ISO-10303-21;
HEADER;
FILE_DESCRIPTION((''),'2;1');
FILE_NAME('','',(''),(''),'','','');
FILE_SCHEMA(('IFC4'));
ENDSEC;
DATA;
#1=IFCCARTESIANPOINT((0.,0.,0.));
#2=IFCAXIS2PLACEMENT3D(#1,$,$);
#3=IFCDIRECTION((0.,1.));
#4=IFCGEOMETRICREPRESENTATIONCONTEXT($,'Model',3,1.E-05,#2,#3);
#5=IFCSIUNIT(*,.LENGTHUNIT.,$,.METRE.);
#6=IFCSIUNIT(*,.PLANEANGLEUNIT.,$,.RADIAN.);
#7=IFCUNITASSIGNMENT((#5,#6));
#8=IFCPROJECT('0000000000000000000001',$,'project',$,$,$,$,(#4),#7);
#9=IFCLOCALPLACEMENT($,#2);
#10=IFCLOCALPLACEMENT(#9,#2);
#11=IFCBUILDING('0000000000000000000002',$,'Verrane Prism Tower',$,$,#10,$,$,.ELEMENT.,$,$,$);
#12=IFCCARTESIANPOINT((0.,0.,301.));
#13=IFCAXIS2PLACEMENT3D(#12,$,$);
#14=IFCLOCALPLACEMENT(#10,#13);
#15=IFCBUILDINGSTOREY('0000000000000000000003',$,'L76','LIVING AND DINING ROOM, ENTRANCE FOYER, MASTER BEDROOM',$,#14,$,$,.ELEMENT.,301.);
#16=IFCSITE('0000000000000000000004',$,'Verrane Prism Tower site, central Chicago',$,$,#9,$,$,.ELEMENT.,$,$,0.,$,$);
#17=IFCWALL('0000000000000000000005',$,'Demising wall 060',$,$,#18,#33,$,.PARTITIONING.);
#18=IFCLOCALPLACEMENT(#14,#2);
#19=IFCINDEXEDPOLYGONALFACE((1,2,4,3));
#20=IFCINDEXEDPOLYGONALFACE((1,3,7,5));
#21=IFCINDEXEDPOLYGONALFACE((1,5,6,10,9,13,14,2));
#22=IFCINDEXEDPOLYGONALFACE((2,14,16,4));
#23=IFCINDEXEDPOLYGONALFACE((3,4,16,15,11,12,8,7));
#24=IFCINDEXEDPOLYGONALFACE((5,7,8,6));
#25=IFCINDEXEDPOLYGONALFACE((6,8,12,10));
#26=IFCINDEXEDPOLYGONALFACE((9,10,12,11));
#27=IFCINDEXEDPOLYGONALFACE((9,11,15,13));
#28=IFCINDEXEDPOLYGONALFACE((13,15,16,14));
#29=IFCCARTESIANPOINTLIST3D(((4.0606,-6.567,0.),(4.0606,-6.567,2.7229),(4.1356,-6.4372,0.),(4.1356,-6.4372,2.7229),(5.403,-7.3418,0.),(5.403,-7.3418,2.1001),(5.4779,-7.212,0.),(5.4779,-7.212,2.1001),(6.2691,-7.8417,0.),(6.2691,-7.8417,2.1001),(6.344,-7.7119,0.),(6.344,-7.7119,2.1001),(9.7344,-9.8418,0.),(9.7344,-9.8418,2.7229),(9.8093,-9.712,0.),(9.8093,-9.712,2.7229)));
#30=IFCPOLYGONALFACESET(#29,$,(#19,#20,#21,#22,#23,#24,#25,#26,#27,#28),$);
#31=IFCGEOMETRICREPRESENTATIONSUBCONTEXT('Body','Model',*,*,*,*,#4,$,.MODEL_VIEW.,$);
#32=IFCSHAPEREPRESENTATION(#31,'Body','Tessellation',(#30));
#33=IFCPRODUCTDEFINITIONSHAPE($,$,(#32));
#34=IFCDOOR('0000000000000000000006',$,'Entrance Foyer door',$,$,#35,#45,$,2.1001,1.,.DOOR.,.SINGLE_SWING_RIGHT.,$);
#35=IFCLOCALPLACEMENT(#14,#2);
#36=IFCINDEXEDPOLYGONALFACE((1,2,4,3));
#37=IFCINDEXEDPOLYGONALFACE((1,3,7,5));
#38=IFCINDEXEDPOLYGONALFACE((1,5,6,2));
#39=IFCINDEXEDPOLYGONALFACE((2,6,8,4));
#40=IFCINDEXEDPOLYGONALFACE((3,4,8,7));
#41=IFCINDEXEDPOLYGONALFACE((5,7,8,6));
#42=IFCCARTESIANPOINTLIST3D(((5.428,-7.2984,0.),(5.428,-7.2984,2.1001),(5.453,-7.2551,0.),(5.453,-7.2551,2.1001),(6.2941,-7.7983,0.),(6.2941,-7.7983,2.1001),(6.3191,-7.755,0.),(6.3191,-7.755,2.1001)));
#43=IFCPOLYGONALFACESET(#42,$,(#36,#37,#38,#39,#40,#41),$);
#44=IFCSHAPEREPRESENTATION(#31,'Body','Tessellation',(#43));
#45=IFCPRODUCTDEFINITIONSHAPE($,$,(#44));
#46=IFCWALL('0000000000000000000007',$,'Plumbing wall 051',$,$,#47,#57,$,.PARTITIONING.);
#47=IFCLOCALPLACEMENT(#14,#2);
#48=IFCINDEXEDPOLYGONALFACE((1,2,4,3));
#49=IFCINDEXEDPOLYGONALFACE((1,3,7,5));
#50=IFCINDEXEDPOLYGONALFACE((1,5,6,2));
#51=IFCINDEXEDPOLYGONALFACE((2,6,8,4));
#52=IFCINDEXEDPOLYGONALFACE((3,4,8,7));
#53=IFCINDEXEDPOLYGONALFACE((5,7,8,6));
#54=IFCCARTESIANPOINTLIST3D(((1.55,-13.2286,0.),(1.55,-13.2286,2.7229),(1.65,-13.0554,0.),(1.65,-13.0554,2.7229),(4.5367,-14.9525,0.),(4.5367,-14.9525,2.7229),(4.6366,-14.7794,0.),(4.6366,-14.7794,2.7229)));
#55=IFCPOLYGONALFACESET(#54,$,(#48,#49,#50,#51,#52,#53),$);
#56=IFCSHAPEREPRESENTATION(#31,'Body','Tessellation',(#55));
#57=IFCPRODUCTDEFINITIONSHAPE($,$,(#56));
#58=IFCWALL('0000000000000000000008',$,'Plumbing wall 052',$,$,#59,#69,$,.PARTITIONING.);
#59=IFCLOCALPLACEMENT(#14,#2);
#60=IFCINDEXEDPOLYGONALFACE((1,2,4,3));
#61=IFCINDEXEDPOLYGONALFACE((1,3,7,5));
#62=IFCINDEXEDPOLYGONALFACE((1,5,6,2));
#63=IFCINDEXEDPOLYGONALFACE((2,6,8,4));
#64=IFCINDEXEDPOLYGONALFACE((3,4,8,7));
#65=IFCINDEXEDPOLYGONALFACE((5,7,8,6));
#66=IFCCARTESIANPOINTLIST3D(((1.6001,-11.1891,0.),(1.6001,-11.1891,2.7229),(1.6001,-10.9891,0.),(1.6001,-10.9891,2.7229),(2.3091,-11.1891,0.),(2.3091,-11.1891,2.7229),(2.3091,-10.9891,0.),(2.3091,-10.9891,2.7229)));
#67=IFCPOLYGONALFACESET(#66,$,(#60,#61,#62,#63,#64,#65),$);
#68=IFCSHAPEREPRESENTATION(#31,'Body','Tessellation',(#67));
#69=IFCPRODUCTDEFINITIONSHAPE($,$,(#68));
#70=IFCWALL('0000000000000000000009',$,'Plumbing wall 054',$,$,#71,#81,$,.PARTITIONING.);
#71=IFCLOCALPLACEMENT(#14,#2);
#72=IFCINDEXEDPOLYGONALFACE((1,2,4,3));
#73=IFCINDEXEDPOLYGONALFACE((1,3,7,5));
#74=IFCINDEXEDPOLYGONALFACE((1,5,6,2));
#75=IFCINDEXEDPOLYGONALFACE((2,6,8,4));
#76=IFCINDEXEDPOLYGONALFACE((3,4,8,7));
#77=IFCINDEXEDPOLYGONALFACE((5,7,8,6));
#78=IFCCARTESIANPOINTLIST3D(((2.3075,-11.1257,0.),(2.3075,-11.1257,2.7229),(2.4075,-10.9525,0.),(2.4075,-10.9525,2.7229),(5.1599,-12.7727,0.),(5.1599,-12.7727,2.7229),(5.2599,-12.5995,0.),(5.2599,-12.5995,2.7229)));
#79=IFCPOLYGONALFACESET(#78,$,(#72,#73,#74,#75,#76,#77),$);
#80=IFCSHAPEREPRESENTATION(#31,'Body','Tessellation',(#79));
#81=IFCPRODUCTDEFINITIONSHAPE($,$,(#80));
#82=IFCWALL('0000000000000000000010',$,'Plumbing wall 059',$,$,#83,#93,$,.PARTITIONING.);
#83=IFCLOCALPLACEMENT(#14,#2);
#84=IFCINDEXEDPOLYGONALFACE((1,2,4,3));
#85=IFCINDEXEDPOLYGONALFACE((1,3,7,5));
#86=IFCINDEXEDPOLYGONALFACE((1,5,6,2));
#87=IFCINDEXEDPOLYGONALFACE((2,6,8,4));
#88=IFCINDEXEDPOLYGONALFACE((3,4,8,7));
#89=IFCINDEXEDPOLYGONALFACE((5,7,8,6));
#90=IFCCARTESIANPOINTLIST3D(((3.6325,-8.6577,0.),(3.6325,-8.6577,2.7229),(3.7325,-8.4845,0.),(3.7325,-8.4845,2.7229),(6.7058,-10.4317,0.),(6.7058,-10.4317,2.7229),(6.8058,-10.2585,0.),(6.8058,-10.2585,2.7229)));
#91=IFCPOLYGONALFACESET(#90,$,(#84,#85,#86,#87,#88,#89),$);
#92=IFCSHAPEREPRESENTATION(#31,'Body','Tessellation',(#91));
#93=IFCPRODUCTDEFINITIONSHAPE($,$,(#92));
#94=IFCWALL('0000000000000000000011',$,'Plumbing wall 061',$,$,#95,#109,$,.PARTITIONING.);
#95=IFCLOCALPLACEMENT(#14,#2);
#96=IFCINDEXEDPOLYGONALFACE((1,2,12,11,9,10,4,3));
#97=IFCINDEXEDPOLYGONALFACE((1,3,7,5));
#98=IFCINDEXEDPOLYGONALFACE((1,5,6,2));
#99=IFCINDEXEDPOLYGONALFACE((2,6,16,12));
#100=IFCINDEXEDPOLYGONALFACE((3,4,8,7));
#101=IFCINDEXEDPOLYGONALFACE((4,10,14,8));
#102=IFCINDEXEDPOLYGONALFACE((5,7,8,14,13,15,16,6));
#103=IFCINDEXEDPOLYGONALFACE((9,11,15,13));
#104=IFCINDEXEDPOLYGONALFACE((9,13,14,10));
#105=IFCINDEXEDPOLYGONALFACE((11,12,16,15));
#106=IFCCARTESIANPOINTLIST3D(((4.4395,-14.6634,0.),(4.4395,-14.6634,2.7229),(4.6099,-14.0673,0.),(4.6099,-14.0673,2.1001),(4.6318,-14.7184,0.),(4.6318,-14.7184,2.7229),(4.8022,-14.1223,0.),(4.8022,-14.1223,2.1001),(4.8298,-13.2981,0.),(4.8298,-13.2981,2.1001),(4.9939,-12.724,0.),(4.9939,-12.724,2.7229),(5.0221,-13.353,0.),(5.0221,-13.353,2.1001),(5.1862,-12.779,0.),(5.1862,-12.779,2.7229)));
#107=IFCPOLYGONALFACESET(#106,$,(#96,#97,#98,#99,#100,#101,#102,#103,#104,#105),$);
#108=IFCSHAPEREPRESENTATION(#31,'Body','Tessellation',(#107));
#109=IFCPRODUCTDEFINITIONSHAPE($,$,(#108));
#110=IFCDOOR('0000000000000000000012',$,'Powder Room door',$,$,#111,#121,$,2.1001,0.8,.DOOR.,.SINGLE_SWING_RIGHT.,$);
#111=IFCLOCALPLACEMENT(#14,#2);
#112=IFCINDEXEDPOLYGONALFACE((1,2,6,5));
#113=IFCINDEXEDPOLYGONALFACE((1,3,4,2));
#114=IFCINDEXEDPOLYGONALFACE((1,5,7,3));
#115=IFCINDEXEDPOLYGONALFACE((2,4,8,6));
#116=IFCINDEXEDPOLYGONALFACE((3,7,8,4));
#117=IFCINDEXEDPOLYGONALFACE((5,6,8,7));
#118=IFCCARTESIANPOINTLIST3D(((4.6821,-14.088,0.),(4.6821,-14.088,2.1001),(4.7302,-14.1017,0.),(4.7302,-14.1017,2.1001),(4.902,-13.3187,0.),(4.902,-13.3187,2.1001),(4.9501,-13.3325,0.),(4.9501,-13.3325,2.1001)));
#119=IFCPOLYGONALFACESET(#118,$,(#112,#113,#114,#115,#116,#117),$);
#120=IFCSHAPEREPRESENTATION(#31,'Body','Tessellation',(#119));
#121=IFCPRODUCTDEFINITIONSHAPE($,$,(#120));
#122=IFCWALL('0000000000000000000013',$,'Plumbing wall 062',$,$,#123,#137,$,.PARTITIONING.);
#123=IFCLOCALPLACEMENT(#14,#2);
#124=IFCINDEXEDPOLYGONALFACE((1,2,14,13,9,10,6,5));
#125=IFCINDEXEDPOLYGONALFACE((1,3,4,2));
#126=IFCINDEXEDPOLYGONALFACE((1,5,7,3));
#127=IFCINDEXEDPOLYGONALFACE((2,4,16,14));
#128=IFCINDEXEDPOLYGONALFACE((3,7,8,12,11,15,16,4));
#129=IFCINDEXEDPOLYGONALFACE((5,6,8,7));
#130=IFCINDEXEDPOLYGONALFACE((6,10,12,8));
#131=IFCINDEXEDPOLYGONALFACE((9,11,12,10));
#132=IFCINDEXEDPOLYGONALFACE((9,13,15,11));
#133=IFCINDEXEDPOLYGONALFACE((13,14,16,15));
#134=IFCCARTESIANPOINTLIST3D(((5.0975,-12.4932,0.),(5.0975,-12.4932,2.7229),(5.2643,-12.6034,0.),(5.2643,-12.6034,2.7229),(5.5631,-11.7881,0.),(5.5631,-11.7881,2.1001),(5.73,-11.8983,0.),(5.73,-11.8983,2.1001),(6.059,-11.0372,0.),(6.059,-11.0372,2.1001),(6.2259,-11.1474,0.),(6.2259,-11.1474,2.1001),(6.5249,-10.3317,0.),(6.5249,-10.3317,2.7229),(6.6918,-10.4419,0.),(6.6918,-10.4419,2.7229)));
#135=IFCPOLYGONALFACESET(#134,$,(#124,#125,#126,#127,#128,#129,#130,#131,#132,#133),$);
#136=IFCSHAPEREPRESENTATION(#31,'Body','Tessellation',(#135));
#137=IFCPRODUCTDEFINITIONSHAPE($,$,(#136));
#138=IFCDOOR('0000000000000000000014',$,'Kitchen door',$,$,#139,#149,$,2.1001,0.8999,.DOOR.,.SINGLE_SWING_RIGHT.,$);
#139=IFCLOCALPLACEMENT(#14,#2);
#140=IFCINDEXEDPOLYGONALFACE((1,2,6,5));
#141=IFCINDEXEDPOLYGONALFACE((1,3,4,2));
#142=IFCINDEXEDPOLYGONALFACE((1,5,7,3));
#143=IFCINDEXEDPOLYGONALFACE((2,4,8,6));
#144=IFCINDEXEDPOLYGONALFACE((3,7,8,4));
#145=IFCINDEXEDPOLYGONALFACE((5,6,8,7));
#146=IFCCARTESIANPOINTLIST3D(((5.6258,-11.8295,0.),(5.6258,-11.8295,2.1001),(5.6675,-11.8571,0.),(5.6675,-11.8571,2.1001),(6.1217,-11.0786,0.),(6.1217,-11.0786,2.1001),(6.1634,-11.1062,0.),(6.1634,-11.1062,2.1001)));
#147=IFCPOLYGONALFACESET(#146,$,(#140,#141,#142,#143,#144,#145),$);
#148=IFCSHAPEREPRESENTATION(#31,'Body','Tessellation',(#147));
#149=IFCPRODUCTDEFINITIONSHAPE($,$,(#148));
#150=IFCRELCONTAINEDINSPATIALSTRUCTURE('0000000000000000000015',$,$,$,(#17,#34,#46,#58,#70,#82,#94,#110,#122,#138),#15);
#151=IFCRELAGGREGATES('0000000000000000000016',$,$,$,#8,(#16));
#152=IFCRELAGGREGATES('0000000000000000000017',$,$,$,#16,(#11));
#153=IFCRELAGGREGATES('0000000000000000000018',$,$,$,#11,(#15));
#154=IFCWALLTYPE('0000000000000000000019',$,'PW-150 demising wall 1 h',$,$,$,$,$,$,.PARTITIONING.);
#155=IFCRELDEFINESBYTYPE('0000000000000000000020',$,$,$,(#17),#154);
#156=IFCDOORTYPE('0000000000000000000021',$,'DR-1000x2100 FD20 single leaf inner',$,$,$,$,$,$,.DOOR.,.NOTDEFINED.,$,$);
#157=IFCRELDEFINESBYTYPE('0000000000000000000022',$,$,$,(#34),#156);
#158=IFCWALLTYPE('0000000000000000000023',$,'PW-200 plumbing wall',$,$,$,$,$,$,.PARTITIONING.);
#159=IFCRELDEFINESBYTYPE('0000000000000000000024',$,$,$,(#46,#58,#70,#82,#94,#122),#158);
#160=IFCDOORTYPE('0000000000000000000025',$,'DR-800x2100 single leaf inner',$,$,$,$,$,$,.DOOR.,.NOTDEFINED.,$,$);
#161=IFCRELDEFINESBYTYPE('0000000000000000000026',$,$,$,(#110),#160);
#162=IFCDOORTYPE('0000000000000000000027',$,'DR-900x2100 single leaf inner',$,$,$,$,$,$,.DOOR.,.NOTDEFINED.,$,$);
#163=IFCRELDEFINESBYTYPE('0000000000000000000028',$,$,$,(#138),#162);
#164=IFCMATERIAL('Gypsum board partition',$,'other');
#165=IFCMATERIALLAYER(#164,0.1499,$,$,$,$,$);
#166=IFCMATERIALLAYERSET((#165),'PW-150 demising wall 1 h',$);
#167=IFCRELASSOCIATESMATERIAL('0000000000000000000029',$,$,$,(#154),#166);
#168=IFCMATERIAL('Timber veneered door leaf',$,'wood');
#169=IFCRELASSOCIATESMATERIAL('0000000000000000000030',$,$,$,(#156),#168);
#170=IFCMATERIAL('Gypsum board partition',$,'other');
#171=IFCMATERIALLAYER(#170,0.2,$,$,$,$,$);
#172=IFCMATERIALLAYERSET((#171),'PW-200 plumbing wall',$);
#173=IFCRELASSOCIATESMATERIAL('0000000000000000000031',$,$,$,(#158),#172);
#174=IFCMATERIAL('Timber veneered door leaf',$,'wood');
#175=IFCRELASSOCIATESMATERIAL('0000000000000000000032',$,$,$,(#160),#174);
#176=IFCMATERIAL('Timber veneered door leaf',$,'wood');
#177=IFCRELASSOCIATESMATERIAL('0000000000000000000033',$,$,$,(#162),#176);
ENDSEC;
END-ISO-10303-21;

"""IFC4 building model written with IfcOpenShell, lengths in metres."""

from ifc_helpers import new_model, si_unit, direction, frame, frame_2d, origin, place, context, subcontext, project, spatial, rectangle, extrude, material, layer, layer_set, type_object, element, fill, save


model = new_model("IFC4")

# Units and contexts
model_context = context("Model", 3, precision=1e-05, world=origin(), true_north=direction((0.0, 1.0)))
body_context = subcontext(model_context, "Body", "Model", "MODEL_VIEW")
ifc_project = project(units=[si_unit("LENGTHUNIT", "METRE"), si_unit("PLANEANGLEUNIT", "RADIAN")], contexts=[model_context])

# Site, building, storey
site_placement = place(None, origin())
site = spatial("IfcSite", under=ifc_project, at=site_placement, Name="Verrane Prism Tower site, central Chicago", CompositionType="ELEMENT", RefElevation=0.0)
building_placement = place(site_placement, origin())
building = spatial("IfcBuilding", under=site, at=building_placement, Name="Verrane Prism Tower", CompositionType="ELEMENT")
storey_placement = place(building_placement, frame((0.0, 0.0, 301.0)))
storey = spatial("IfcBuildingStorey", under=building, at=storey_placement, Name="L76", Description="LIVING AND DINING ROOM, ENTRANCE FOYER, MASTER BEDROOM", CompositionType="ELEMENT", Elevation=301.0)

# Wall, opening, door
ifc_material_1 = material(Name="Gypsum board partition", Category="other")
ifc_layer_1 = layer(ifc_material_1, 0.1499)
ifc_layer_set_1 = layer_set([ifc_layer_1], Name="PW-150 demising wall 1 h")
wall_type_1 = type_object("IfcWallType", Name="PW-150 demising wall 1 h", PredefinedType="PARTITIONING", material=ifc_layer_set_1)
wall_1_placement = place(storey_placement, frame((9.7717, -9.7769, 0.0), z_axis=(0.0, 0.0, 1.0), x_axis=(-0.866084, 0.499899, 0.0)))
wall_1 = element("IfcWall", 1, at=wall_1_placement, inside=storey, type_object=wall_type_1, Name="Demising wall 060", PredefinedType="PARTITIONING", context=body_context, shape_type="SweptSolid", body=[
    extrude(rectangle(XDim=6.551, YDim=0.1499, at=frame_2d((3.2754, 0.0))), origin(), (0.0, 0.0, 1.0), 2.7229),
])
opening_1_placement = place(wall_1_placement, frame((4.001, 0.0, 0.0)))
opening_1 = element("IfcOpeningElement", 2, at=opening_1_placement, cuts=wall_1, PredefinedType="OPENING", context=body_context, shape_type="SweptSolid", body=[
    extrude(rectangle(XDim=1.0, YDim=2.1001, at=frame_2d((0.5, 1.05))), frame((0.0, 0.085, 0.0), z_axis=(0.0, -1.0, 0.0), x_axis=(1.0, 0.0, 0.0)), (0.0, 0.0, 1.0), 0.1699),
])
ifc_material_2 = material(Name="Timber veneered door leaf", Category="wood")
door_type_1 = type_object("IfcDoorType", Name="DR-1000x2100 FD20 single leaf inner", OperationType="NOTDEFINED", PredefinedType="DOOR", material=ifc_material_2)
door_1_placement = place(opening_1_placement, origin())
door_1 = element("IfcDoor", 3, at=door_1_placement, inside=storey, type_object=door_type_1, Name="Entrance Foyer door", OperationType="SINGLE_SWING_RIGHT", OverallHeight=2.1001, OverallWidth=1.0, PredefinedType="DOOR", context=body_context, shape_type="SweptSolid", body=[
    extrude(rectangle(XDim=1.0, YDim=2.1001, at=frame_2d((0.5, 1.05))), frame((0.0, 0.0249, 0.0), z_axis=(0.0, -1.0, 0.0), x_axis=(1.0, 0.0, 0.0)), (0.0, 0.0, 1.0), 0.05),
])
fill(opening_1, door_1)

# Walls
ifc_material_3 = material(Name="Gypsum board partition", Category="other")
ifc_layer_2 = layer(ifc_material_3, 0.2)
ifc_layer_set_2 = layer_set([ifc_layer_2], Name="PW-200 plumbing wall")
wall_type_2 = type_object("IfcWallType", Name="PW-200 plumbing wall", PredefinedType="PARTITIONING", material=ifc_layer_set_2)
wall_2_placement = place(storey_placement, frame((1.6001, -13.1421, 0.0), z_axis=(0.0, 0.0, 1.0), x_axis=(0.866078, -0.499908, 0.0)))
element("IfcWall", 4, at=wall_2_placement, inside=storey, type_object=wall_type_2, Name="Plumbing wall 051", PredefinedType="PARTITIONING", context=body_context, shape_type="SweptSolid", body=[
    extrude(rectangle(XDim=3.4485, YDim=0.2, at=frame_2d((1.7241, 0.0))), origin(), (0.0, 0.0, 1.0), 2.7229),
])
wall_3_placement = place(storey_placement, frame((1.6001, -11.0891, 0.0), z_axis=(0.0, 0.0, 1.0), x_axis=(1.0, 0.0, 0.0)))
element("IfcWall", 5, at=wall_3_placement, inside=storey, type_object=wall_type_2, Name="Plumbing wall 052", PredefinedType="PARTITIONING", context=body_context, shape_type="SweptSolid", body=[
    extrude(rectangle(XDim=0.709, YDim=0.2, at=frame_2d((0.3545, 0.0))), origin(), (0.0, 0.0, 1.0), 2.7229),
])
wall_4_placement = place(storey_placement, frame((2.3574, -11.0391, 0.0), z_axis=(0.0, 0.0, 1.0), x_axis=(0.865999, -0.500045, 0.0)))
element("IfcWall", 6, at=wall_4_placement, inside=storey, type_object=wall_type_2, Name="Plumbing wall 054", PredefinedType="PARTITIONING", context=body_context, shape_type="SweptSolid", body=[
    extrude(rectangle(XDim=3.2937, YDim=0.2, at=frame_2d((1.647, 0.0))), origin(), (0.0, 0.0, 1.0), 2.7229),
])
wall_5_placement = place(storey_placement, frame((3.6824, -8.571, 0.0), z_axis=(0.0, 0.0, 1.0), x_axis=(0.866076, -0.499913, 0.0)))
element("IfcWall", 7, at=wall_5_placement, inside=storey, type_object=wall_type_2, Name="Plumbing wall 059", PredefinedType="PARTITIONING", context=body_context, shape_type="SweptSolid", body=[
    extrude(rectangle(XDim=3.5486, YDim=0.2, at=frame_2d((1.7744, 0.0))), origin(), (0.0, 0.0, 1.0), 2.7229),
])

# Walls, openings, doors
wall_6_placement = place(storey_placement, frame((4.5356, -14.6909, 0.0), z_axis=(0.0, 0.0, 1.0), x_axis=(0.274865, 0.961483, 0.0)))
wall_6 = element("IfcWall", 8, at=wall_6_placement, inside=storey, type_object=wall_type_2, Name="Plumbing wall 061", PredefinedType="PARTITIONING", context=body_context, shape_type="SweptSolid", body=[
    extrude(rectangle(XDim=2.0171, YDim=0.2, at=frame_2d((1.0085, 0.0))), origin(), (0.0, 0.0, 1.0), 2.7229),
])
opening_2_placement = place(wall_6_placement, frame((0.6201, 0.0, 0.0)))
opening_2 = element("IfcOpeningElement", 9, at=opening_2_placement, cuts=wall_6, PredefinedType="OPENING", context=body_context, shape_type="SweptSolid", body=[
    extrude(rectangle(XDim=0.8, YDim=2.1001, at=frame_2d((0.3999, 1.05))), frame((0.0, 0.1099, 0.0), z_axis=(0.0, -1.0, 0.0), x_axis=(1.0, 0.0, 0.0)), (0.0, 0.0, 1.0), 0.22),
])
ifc_material_4 = material(Name="Timber veneered door leaf", Category="wood")
door_type_2 = type_object("IfcDoorType", Name="DR-800x2100 single leaf inner", OperationType="NOTDEFINED", PredefinedType="DOOR", material=ifc_material_4)
door_2_placement = place(opening_2_placement, origin())
door_2 = element("IfcDoor", 10, at=door_2_placement, inside=storey, type_object=door_type_2, Name="Powder Room door", OperationType="SINGLE_SWING_RIGHT", OverallHeight=2.1001, OverallWidth=0.8, PredefinedType="DOOR", context=body_context, shape_type="SweptSolid", body=[
    extrude(rectangle(XDim=0.8, YDim=2.1001, at=frame_2d((0.3999, 1.05))), frame((0.0, 0.0249, 0.0), z_axis=(0.0, -1.0, 0.0), x_axis=(1.0, 0.0, 0.0)), (0.0, 0.0, 1.0), 0.05),
])
fill(opening_2, door_2)
wall_7_placement = place(storey_placement, frame((5.1809, -12.5483, 0.0), z_axis=(0.0, 0.0, 1.0), x_axis=(0.551063, 0.834464, 0.0)))
wall_7 = element("IfcWall", 11, at=wall_7_placement, inside=storey, type_object=wall_type_2, Name="Plumbing wall 062", PredefinedType="PARTITIONING", context=body_context, shape_type="SweptSolid", body=[
    extrude(rectangle(XDim=2.5903, YDim=0.2, at=frame_2d((1.2952, 0.0))), origin(), (0.0, 0.0, 1.0), 2.7229),
])
opening_3_placement = place(wall_7_placement, frame((0.845, 0.0, 0.0)))
opening_3 = element("IfcOpeningElement", 12, at=opening_3_placement, cuts=wall_7, PredefinedType="OPENING", context=body_context, shape_type="SweptSolid", body=[
    extrude(rectangle(XDim=0.8999, YDim=2.1001, at=frame_2d((0.45, 1.05))), frame((0.0, 0.1099, 0.0), z_axis=(0.0, -1.0, 0.0), x_axis=(1.0, 0.0, 0.0)), (0.0, 0.0, 1.0), 0.22),
])
ifc_material_5 = material(Name="Timber veneered door leaf", Category="wood")
door_type_3 = type_object("IfcDoorType", Name="DR-900x2100 single leaf inner", OperationType="NOTDEFINED", PredefinedType="DOOR", material=ifc_material_5)
door_3_placement = place(opening_3_placement, origin())
door_3 = element("IfcDoor", 13, at=door_3_placement, inside=storey, type_object=door_type_3, Name="Kitchen door", OperationType="SINGLE_SWING_RIGHT", OverallHeight=2.1001, OverallWidth=0.8999, PredefinedType="DOOR", context=body_context, shape_type="SweptSolid", body=[
    extrude(rectangle(XDim=0.8999, YDim=2.1001, at=frame_2d((0.45, 1.05))), frame((0.0, 0.0249, 0.0), z_axis=(0.0, -1.0, 0.0), x_axis=(1.0, 0.0, 0.0)), (0.0, 0.0, 1.0), 0.05),
])
fill(opening_3, door_3)

save(model, "model.ifc")
